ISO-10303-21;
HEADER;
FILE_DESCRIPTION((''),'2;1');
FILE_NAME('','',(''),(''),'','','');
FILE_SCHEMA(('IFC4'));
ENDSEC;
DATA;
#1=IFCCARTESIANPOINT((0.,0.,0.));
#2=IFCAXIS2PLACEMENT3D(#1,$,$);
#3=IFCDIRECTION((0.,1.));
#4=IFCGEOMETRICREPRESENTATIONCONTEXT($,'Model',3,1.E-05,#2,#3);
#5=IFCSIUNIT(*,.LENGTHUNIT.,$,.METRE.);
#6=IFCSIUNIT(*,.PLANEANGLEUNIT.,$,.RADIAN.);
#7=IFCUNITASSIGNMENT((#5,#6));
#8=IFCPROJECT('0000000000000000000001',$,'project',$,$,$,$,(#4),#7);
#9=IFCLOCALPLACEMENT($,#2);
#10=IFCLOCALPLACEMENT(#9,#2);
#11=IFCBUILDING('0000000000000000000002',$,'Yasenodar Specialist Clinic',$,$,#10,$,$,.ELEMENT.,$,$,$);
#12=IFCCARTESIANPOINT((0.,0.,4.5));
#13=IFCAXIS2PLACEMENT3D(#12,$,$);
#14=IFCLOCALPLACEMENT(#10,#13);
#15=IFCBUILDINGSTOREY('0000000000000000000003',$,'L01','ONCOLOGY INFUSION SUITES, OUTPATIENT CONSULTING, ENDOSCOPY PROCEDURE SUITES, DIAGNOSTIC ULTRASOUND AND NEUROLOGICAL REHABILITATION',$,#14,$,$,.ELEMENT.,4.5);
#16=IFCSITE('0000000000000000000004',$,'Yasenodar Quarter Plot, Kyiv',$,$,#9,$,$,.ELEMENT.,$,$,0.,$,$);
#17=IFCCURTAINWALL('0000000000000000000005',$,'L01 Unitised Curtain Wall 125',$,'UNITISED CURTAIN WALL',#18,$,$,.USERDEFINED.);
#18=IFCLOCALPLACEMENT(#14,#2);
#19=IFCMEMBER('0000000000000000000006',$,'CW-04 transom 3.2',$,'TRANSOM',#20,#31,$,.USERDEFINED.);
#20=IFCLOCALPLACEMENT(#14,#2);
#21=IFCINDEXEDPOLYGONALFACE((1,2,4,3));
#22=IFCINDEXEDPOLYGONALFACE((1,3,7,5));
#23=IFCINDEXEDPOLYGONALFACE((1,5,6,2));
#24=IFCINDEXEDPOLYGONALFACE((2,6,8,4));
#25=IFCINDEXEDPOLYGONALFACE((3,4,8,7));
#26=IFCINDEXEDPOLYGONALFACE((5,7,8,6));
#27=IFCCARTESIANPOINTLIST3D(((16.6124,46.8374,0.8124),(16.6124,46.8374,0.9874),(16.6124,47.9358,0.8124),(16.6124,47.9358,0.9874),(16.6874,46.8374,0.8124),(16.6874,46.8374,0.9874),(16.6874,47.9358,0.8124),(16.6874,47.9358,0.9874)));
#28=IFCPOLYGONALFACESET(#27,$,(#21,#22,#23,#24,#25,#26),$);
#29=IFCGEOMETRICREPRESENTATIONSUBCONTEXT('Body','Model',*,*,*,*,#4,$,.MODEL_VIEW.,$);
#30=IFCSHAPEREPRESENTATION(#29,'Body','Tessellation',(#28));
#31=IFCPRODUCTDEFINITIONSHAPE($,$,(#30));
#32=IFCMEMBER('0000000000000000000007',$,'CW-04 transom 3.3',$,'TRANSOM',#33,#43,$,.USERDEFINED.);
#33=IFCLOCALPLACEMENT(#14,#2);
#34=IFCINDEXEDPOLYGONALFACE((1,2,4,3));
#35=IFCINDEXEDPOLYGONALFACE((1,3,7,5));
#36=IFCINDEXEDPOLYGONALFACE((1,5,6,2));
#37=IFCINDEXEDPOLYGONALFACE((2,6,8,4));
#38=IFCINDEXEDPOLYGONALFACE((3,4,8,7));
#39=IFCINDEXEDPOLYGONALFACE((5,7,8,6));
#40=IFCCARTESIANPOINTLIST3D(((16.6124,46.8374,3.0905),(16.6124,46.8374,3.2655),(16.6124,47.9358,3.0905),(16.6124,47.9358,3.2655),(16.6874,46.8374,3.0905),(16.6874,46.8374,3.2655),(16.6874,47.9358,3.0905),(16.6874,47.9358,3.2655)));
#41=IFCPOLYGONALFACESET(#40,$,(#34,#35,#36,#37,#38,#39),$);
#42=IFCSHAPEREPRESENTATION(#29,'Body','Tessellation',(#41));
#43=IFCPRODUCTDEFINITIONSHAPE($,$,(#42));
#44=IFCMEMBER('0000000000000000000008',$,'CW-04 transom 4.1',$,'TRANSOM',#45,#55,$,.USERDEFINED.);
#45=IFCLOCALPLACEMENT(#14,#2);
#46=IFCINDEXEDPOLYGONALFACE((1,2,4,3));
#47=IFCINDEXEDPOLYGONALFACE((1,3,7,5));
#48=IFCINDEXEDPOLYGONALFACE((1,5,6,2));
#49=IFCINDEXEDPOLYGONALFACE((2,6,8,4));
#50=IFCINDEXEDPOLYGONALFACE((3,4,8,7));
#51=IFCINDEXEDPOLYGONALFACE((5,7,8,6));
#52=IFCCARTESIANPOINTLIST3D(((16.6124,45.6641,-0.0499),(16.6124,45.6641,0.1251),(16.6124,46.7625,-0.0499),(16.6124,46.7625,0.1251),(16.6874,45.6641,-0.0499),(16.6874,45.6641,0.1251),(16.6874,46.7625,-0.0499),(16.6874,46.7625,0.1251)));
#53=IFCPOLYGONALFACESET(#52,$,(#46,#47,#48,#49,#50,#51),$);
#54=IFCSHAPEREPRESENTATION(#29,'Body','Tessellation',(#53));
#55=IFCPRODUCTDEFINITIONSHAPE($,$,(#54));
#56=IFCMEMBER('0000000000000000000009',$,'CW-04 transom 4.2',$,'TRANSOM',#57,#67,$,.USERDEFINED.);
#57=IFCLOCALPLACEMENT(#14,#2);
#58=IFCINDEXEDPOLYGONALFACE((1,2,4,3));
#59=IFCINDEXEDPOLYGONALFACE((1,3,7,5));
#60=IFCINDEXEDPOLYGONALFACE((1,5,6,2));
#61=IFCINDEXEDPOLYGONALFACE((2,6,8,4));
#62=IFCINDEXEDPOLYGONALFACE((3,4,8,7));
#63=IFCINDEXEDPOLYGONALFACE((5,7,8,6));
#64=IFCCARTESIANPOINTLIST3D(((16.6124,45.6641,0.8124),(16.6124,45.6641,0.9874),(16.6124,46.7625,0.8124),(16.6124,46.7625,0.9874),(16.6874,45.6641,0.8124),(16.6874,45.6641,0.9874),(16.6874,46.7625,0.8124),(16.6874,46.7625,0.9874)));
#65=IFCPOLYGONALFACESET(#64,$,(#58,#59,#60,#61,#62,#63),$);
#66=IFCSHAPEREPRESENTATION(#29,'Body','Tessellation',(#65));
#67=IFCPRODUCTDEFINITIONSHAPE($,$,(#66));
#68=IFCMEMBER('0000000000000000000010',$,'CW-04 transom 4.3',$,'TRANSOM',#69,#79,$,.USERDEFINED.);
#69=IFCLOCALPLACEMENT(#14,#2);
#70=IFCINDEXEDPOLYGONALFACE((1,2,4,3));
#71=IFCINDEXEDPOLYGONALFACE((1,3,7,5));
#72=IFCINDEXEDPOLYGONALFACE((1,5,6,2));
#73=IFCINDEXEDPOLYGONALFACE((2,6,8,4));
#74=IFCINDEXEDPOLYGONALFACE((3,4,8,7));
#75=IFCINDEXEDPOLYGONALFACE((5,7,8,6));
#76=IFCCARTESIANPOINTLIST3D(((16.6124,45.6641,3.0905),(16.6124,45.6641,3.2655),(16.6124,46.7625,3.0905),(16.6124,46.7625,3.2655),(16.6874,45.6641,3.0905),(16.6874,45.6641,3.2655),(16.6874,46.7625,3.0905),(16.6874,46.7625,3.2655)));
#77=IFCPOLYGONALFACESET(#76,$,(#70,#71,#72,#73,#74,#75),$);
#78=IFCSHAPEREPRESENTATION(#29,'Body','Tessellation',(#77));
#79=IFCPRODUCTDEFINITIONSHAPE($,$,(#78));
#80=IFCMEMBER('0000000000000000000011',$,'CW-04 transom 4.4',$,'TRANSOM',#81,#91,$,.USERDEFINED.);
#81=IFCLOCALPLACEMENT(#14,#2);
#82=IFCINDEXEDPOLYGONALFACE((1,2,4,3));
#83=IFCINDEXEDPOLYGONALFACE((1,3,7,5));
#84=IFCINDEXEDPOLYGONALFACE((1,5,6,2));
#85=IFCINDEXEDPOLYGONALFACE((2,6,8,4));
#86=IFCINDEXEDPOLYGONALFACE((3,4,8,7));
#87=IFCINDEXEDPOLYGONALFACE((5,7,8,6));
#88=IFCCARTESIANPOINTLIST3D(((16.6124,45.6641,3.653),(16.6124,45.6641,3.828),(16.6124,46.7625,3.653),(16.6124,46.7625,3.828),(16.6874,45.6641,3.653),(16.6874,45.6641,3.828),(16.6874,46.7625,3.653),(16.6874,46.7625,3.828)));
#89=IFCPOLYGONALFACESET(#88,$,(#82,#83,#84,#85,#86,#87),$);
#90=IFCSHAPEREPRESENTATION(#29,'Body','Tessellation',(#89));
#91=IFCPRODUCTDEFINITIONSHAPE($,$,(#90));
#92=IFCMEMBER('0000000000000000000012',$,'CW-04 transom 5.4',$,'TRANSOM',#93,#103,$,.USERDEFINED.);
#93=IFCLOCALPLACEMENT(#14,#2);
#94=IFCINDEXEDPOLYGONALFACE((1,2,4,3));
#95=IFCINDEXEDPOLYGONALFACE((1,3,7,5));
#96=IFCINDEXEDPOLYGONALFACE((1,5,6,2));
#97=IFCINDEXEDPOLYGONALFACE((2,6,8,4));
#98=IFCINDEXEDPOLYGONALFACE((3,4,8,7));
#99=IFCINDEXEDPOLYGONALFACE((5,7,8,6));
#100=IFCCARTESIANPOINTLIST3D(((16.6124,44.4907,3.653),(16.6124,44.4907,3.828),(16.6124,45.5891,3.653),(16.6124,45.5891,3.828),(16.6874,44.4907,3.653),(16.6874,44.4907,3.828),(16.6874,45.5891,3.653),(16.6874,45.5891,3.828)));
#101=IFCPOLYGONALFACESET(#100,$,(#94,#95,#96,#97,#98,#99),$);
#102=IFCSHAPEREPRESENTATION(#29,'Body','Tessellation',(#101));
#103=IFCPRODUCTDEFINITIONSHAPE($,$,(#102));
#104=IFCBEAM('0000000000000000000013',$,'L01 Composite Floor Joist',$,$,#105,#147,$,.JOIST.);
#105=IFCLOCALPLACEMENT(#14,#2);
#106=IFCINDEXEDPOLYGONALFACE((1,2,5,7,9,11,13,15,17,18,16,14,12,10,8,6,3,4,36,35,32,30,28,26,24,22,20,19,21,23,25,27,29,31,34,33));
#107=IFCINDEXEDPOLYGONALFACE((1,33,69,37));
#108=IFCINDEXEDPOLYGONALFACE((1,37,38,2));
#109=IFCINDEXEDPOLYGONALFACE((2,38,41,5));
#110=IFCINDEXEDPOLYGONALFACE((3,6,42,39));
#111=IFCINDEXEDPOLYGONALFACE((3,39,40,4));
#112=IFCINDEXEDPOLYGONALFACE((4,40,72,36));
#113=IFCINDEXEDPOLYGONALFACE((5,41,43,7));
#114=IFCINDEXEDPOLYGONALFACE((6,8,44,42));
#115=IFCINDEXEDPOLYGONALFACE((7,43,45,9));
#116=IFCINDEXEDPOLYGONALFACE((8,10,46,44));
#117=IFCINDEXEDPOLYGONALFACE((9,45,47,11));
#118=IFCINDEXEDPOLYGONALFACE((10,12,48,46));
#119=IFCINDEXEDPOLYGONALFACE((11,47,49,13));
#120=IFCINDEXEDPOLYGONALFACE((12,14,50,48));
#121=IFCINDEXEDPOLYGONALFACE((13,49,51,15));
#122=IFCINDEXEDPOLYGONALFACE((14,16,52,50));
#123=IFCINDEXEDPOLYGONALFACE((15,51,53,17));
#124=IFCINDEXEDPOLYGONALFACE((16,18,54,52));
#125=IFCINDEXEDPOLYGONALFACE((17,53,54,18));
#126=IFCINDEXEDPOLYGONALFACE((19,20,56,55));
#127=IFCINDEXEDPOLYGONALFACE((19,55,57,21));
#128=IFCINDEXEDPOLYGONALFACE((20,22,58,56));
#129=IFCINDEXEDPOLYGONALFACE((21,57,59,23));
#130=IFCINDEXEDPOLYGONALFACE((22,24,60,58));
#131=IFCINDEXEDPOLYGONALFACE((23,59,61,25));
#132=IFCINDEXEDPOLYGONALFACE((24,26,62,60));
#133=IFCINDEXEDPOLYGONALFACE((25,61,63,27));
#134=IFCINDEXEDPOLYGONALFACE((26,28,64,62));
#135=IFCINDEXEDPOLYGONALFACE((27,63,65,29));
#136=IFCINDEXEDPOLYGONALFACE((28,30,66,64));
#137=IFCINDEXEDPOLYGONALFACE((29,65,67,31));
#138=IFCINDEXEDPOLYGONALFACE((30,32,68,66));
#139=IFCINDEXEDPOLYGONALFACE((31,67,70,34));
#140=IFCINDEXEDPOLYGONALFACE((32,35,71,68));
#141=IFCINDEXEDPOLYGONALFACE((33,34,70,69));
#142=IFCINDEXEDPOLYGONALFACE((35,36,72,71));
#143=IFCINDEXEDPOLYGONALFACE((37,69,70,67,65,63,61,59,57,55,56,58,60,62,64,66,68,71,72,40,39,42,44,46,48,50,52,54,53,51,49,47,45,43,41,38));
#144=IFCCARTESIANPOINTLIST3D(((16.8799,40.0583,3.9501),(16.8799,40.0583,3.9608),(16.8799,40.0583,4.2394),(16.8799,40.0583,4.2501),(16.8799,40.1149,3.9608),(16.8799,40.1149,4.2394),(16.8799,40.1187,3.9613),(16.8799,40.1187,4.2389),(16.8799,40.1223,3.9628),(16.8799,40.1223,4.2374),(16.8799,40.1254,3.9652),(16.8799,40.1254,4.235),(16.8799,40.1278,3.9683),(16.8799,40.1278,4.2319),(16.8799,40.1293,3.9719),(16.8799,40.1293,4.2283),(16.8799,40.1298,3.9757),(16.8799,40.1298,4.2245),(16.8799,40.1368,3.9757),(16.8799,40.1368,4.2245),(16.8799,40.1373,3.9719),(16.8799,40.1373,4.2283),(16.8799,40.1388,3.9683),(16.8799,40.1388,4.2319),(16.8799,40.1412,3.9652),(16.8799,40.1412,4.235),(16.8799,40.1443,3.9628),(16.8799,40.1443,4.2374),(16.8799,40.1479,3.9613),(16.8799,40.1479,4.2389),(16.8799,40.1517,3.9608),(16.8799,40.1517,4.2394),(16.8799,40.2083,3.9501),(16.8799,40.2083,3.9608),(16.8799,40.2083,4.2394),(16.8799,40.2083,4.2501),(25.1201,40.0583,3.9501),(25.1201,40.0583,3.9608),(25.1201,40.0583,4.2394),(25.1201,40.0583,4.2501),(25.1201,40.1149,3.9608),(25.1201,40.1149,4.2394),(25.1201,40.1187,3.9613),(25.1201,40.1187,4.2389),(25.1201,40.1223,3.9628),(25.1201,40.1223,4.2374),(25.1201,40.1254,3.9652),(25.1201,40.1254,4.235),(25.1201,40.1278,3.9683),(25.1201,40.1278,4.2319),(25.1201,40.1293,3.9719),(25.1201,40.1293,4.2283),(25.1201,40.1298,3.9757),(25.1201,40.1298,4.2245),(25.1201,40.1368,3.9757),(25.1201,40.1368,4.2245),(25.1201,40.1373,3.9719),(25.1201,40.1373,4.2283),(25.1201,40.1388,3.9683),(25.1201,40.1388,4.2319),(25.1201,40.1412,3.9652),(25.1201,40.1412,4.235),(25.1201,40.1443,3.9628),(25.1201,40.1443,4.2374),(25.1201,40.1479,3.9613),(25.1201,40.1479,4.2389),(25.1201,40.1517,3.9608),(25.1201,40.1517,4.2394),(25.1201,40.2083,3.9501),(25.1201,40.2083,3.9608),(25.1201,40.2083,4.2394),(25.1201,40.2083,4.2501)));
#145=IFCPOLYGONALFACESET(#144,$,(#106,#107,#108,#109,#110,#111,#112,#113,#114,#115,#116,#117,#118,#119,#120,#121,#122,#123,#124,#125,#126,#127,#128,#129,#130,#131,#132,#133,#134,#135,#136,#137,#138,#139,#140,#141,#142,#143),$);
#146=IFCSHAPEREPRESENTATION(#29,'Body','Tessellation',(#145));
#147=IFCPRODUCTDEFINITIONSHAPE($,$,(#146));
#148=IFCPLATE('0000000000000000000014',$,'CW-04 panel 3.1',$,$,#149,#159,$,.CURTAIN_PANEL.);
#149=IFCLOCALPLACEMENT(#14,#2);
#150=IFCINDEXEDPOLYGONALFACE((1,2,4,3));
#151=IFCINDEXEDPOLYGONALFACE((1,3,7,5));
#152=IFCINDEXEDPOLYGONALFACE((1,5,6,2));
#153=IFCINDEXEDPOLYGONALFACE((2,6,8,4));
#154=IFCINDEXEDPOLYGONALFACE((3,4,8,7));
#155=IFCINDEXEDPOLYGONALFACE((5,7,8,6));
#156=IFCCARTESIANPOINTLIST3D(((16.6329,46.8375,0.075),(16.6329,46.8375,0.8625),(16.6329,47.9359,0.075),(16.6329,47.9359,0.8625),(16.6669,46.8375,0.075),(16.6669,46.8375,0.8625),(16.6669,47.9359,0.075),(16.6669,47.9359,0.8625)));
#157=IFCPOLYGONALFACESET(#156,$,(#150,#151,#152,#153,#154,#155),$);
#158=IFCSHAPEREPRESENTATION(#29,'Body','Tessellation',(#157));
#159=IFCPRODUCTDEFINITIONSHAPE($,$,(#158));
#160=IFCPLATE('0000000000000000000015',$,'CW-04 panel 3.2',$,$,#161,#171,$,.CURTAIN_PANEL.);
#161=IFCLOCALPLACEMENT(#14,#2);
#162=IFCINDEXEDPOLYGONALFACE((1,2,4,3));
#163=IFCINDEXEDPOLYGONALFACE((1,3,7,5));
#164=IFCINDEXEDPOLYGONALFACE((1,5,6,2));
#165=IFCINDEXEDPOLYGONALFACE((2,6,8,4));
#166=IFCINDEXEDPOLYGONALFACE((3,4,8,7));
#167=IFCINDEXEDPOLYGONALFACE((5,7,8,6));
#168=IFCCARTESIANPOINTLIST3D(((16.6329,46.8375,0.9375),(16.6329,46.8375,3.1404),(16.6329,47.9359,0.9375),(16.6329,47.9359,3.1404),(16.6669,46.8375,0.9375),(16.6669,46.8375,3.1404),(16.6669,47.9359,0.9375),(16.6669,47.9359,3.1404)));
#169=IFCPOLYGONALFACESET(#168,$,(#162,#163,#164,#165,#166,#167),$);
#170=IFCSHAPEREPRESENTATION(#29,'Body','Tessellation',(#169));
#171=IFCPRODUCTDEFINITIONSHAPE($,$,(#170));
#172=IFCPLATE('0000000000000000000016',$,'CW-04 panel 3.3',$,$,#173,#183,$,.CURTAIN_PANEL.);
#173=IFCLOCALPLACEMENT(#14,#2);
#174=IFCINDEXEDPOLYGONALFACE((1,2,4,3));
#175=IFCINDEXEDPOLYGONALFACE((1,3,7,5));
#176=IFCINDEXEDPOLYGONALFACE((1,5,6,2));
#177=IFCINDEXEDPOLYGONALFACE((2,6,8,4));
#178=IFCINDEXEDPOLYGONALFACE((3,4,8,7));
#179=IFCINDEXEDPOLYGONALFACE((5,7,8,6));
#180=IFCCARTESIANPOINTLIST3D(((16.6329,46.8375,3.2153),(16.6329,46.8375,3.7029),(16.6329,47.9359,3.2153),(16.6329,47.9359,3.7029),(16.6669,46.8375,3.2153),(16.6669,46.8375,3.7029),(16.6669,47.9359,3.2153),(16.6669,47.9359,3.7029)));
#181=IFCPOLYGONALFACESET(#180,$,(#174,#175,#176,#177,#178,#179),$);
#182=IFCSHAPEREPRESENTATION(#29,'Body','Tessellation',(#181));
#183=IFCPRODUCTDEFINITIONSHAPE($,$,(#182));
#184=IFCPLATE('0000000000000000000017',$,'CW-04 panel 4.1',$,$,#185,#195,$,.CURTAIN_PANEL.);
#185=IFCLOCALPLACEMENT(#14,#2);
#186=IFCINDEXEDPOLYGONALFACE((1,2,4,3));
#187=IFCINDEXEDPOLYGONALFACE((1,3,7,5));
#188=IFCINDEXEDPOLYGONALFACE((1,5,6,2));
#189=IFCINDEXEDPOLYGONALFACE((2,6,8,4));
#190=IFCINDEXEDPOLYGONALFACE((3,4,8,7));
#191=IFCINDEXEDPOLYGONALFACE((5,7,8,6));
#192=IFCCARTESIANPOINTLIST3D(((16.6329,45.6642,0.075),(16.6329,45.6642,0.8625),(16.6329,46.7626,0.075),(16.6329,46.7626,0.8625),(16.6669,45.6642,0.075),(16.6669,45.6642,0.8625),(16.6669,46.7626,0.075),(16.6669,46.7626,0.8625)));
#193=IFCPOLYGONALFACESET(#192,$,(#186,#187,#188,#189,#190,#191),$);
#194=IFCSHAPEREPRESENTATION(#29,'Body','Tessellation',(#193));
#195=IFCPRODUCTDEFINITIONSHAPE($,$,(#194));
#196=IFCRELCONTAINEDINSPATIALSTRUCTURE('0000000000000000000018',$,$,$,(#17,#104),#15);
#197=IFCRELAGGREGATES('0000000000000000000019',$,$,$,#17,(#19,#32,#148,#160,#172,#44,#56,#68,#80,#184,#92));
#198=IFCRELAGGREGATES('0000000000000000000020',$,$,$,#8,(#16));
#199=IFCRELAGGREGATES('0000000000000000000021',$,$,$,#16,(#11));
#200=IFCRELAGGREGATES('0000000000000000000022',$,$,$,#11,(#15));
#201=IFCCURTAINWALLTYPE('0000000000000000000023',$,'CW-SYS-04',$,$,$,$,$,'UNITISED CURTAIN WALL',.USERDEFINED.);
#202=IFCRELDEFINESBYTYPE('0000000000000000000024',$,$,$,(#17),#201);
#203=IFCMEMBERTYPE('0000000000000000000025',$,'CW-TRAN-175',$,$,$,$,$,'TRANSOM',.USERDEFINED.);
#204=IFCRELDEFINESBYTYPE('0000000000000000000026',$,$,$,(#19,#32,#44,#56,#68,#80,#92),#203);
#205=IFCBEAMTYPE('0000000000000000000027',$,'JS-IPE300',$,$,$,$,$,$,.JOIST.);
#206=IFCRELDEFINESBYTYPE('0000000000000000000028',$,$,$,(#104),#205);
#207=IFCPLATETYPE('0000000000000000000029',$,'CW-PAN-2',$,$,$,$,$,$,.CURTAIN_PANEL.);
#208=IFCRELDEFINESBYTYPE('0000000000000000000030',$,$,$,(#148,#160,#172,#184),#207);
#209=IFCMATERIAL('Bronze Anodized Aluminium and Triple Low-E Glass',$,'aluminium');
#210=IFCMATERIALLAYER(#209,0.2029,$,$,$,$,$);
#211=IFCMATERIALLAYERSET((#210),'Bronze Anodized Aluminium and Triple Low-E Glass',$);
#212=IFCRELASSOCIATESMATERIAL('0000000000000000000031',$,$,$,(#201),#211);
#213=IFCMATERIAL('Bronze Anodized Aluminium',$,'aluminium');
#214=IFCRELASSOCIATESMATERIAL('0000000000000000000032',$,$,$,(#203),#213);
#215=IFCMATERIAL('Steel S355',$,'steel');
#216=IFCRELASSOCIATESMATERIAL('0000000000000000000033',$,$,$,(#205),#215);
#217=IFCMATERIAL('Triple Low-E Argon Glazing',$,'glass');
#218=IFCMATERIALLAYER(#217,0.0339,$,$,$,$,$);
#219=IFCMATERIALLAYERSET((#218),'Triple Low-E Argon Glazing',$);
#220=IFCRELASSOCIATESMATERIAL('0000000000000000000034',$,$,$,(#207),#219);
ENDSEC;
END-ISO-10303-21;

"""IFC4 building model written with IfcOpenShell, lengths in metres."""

from ifc_helpers import new_model, si_unit, direction, frame, origin, origin_2d, place, context, subcontext, project, spatial, rectangle, i_section, extrude, material, layer, layer_set, material_profile, profile_set, type_object, element, aggregate, save


model = new_model("IFC4")

# Units and contexts
model_context = context("Model", 3, precision=1e-05, world=origin(), true_north=direction((0.0, 1.0)))
body_context = subcontext(model_context, "Body", "Model", "MODEL_VIEW")
ifc_project = project(units=[si_unit("LENGTHUNIT", "METRE"), si_unit("PLANEANGLEUNIT", "RADIAN")], contexts=[model_context])

# Site, building, storey
site_placement = place(None, origin())
site = spatial("IfcSite", under=ifc_project, at=site_placement, Name="Yasenodar Quarter Plot, Kyiv", CompositionType="ELEMENT", RefElevation=0.0)
building_placement = place(site_placement, origin())
building = spatial("IfcBuilding", under=site, at=building_placement, Name="Yasenodar Specialist Clinic", CompositionType="ELEMENT")
storey_placement = place(building_placement, frame((0.0, 0.0, 4.5)))
storey = spatial("IfcBuildingStorey", under=building, at=storey_placement, Name="L01", Description="ONCOLOGY INFUSION SUITES, OUTPATIENT CONSULTING, ENDOSCOPY PROCEDURE SUITES, DIAGNOSTIC ULTRASOUND AND NEUROLOGICAL REHABILITATION", CompositionType="ELEMENT", Elevation=4.5)

# Shared definitions
ifc_material_1 = material(Name="Steel S355", Category="steel")

# Curtain wall, members
ifc_material_2 = material(Name="Bronze Anodized Aluminium and Triple Low-E Glass", Category="aluminium")
ifc_layer_1 = layer(ifc_material_2, 0.2029)
ifc_layer_set_1 = layer_set([ifc_layer_1], Name="Bronze Anodized Aluminium and Triple Low-E Glass")
curtain_wall_type = type_object("IfcCurtainWallType", Name="CW-SYS-04", ElementType="UNITISED CURTAIN WALL", PredefinedType="USERDEFINED", material=ifc_layer_set_1)
curtain_wall_placement = place(storey_placement, origin())
curtain_wall = element("IfcCurtainWall", 1, at=curtain_wall_placement, inside=storey, type_object=curtain_wall_type, Name="L01 Unitised Curtain Wall 125", ObjectType="UNITISED CURTAIN WALL", PredefinedType="USERDEFINED")
ifc_material_3 = material(Name="Bronze Anodized Aluminium", Category="aluminium")
ifc_material_profile_1 = material_profile(ifc_material_3, rectangle(XDim=0.075, YDim=0.175, at=origin_2d()), Name="CW-TRAN 75x175")
ifc_profile_set_1 = profile_set([ifc_material_profile_1], Name="Bronze Anodized Aluminium")
member_type_1 = type_object("IfcMemberType", Name="CW-TRAN-175", ElementType="TRANSOM", PredefinedType="USERDEFINED", material=ifc_profile_set_1)
member_1_placement = place(storey_placement, frame((16.6499, 47.9358, 0.8999), z_axis=(0.0, -1.0, 0.0), x_axis=(1.0, 0.0, 0.0)))
member_1 = element("IfcMember", 2, at=member_1_placement, type_object=member_type_1, Name="CW-04 transom 3.2", ObjectType="TRANSOM", PredefinedType="USERDEFINED", context=body_context, shape_type="SweptSolid", body=[
    extrude(rectangle(XDim=0.075, YDim=0.175, at=origin_2d()), origin(), (0.0, 0.0, 1.0), 1.0984),
])
member_2_placement = place(storey_placement, frame((16.6499, 47.9358, 3.178), z_axis=(0.0, -1.0, 0.0), x_axis=(1.0, 0.0, 0.0)))
member_2 = element("IfcMember", 3, at=member_2_placement, type_object=member_type_1, Name="CW-04 transom 3.3", ObjectType="TRANSOM", PredefinedType="USERDEFINED", context=body_context, shape_type="SweptSolid", body=[
    extrude(rectangle(XDim=0.075, YDim=0.175, at=origin_2d()), origin(), (0.0, 0.0, 1.0), 1.0984),
])
member_3_placement = place(storey_placement, frame((16.6499, 46.7625, 0.0376), z_axis=(0.0, -1.0, 0.0), x_axis=(1.0, 0.0, 0.0)))
member_3 = element("IfcMember", 4, at=member_3_placement, type_object=member_type_1, Name="CW-04 transom 4.1", ObjectType="TRANSOM", PredefinedType="USERDEFINED", context=body_context, shape_type="SweptSolid", body=[
    extrude(rectangle(XDim=0.075, YDim=0.175, at=origin_2d()), origin(), (0.0, 0.0, 1.0), 1.0984),
])
member_4_placement = place(storey_placement, frame((16.6499, 46.7625, 0.8999), z_axis=(0.0, -1.0, 0.0), x_axis=(1.0, 0.0, 0.0)))
member_4 = element("IfcMember", 5, at=member_4_placement, type_object=member_type_1, Name="CW-04 transom 4.2", ObjectType="TRANSOM", PredefinedType="USERDEFINED", context=body_context, shape_type="SweptSolid", body=[
    extrude(rectangle(XDim=0.075, YDim=0.175, at=origin_2d()), origin(), (0.0, 0.0, 1.0), 1.0984),
])
member_5_placement = place(storey_placement, frame((16.6499, 46.7625, 3.178), z_axis=(0.0, -1.0, 0.0), x_axis=(1.0, 0.0, 0.0)))
member_5 = element("IfcMember", 6, at=member_5_placement, type_object=member_type_1, Name="CW-04 transom 4.3", ObjectType="TRANSOM", PredefinedType="USERDEFINED", context=body_context, shape_type="SweptSolid", body=[
    extrude(rectangle(XDim=0.075, YDim=0.175, at=origin_2d()), origin(), (0.0, 0.0, 1.0), 1.0984),
])
member_6_placement = place(storey_placement, frame((16.6499, 46.7625, 3.7405), z_axis=(0.0, -1.0, 0.0), x_axis=(1.0, 0.0, 0.0)))
member_6 = element("IfcMember", 7, at=member_6_placement, type_object=member_type_1, Name="CW-04 transom 4.4", ObjectType="TRANSOM", PredefinedType="USERDEFINED", context=body_context, shape_type="SweptSolid", body=[
    extrude(rectangle(XDim=0.075, YDim=0.175, at=origin_2d()), origin(), (0.0, 0.0, 1.0), 1.0984),
])
member_7_placement = place(storey_placement, frame((16.6499, 45.5891, 3.7405), z_axis=(0.0, -1.0, 0.0), x_axis=(1.0, 0.0, 0.0)))
member_7 = element("IfcMember", 8, at=member_7_placement, type_object=member_type_1, Name="CW-04 transom 5.4", ObjectType="TRANSOM", PredefinedType="USERDEFINED", context=body_context, shape_type="SweptSolid", body=[
    extrude(rectangle(XDim=0.075, YDim=0.175, at=origin_2d()), origin(), (0.0, 0.0, 1.0), 1.0984),
])

# Beam
ifc_material_profile_2 = material_profile(ifc_material_1, i_section(OverallWidth=0.1499, OverallDepth=0.3, WebThickness=0.0071, FlangeThickness=0.0107, FilletRadius=0.0149, at=origin_2d()), Name="IPE 300")
ifc_profile_set_2 = profile_set([ifc_material_profile_2], Name="Steel S355")
beam_type_1 = type_object("IfcBeamType", Name="JS-IPE300", PredefinedType="JOIST", material=ifc_profile_set_2)
beam_1_placement = place(storey_placement, frame((16.8799, 40.1333, 4.1001), z_axis=(1.0, 0.0, 0.0), x_axis=(0.0, 1.0, 0.0)))
element("IfcBeam", 9, at=beam_1_placement, inside=storey, type_object=beam_type_1, Name="L01 Composite Floor Joist", PredefinedType="JOIST", context=body_context, shape_type="SweptSolid", body=[
    extrude(i_section(OverallWidth=0.1499, OverallDepth=0.3, WebThickness=0.0071, FlangeThickness=0.0107, FilletRadius=0.0149, at=origin_2d()), origin(), (0.0, 0.0, 1.0), 8.2402),
])

# Plates
ifc_material_4 = material(Name="Triple Low-E Argon Glazing", Category="glass")
ifc_layer_2 = layer(ifc_material_4, 0.0339)
ifc_layer_set_2 = layer_set([ifc_layer_2], Name="Triple Low-E Argon Glazing")
plate_type = type_object("IfcPlateType", Name="CW-PAN-2", PredefinedType="CURTAIN_PANEL", material=ifc_layer_set_2)
plate_1_placement = place(storey_placement, frame((16.6499, 47.3867, 0.075), z_axis=(0.0, 0.0, 1.0), x_axis=(0.0, -1.0, 0.0)))
plate_1 = element("IfcPlate", 10, at=plate_1_placement, type_object=plate_type, Name="CW-04 panel 3.1", PredefinedType="CURTAIN_PANEL", context=body_context, shape_type="SweptSolid", body=[
    extrude(rectangle(XDim=1.0984, YDim=0.0339, at=origin_2d()), origin(), (0.0, 0.0, 1.0), 0.7876),
])
plate_2_placement = place(storey_placement, frame((16.6499, 47.3867, 0.9375), z_axis=(0.0, 0.0, 1.0), x_axis=(0.0, -1.0, 0.0)))
plate_2 = element("IfcPlate", 11, at=plate_2_placement, type_object=plate_type, Name="CW-04 panel 3.2", PredefinedType="CURTAIN_PANEL", context=body_context, shape_type="SweptSolid", body=[
    extrude(rectangle(XDim=1.0984, YDim=0.0339, at=origin_2d()), origin(), (0.0, 0.0, 1.0), 2.2029),
])
plate_3_placement = place(storey_placement, frame((16.6499, 47.3867, 3.2153), z_axis=(0.0, 0.0, 1.0), x_axis=(0.0, -1.0, 0.0)))
plate_3 = element("IfcPlate", 12, at=plate_3_placement, type_object=plate_type, Name="CW-04 panel 3.3", PredefinedType="CURTAIN_PANEL", context=body_context, shape_type="SweptSolid", body=[
    extrude(rectangle(XDim=1.0984, YDim=0.0339, at=origin_2d()), origin(), (0.0, 0.0, 1.0), 0.4875),
])
plate_4_placement = place(storey_placement, frame((16.6499, 46.2134, 0.075), z_axis=(0.0, 0.0, 1.0), x_axis=(0.0, -1.0, 0.0)))
plate_4 = element("IfcPlate", 13, at=plate_4_placement, type_object=plate_type, Name="CW-04 panel 4.1", PredefinedType="CURTAIN_PANEL", context=body_context, shape_type="SweptSolid", body=[
    extrude(rectangle(XDim=1.0984, YDim=0.0339, at=origin_2d()), origin(), (0.0, 0.0, 1.0), 0.7876),
])
aggregate(curtain_wall, [member_1, member_2, plate_1, plate_2, plate_3, member_3, member_4, member_5, member_6, plate_4, member_7])

save(model, "model.ifc")
